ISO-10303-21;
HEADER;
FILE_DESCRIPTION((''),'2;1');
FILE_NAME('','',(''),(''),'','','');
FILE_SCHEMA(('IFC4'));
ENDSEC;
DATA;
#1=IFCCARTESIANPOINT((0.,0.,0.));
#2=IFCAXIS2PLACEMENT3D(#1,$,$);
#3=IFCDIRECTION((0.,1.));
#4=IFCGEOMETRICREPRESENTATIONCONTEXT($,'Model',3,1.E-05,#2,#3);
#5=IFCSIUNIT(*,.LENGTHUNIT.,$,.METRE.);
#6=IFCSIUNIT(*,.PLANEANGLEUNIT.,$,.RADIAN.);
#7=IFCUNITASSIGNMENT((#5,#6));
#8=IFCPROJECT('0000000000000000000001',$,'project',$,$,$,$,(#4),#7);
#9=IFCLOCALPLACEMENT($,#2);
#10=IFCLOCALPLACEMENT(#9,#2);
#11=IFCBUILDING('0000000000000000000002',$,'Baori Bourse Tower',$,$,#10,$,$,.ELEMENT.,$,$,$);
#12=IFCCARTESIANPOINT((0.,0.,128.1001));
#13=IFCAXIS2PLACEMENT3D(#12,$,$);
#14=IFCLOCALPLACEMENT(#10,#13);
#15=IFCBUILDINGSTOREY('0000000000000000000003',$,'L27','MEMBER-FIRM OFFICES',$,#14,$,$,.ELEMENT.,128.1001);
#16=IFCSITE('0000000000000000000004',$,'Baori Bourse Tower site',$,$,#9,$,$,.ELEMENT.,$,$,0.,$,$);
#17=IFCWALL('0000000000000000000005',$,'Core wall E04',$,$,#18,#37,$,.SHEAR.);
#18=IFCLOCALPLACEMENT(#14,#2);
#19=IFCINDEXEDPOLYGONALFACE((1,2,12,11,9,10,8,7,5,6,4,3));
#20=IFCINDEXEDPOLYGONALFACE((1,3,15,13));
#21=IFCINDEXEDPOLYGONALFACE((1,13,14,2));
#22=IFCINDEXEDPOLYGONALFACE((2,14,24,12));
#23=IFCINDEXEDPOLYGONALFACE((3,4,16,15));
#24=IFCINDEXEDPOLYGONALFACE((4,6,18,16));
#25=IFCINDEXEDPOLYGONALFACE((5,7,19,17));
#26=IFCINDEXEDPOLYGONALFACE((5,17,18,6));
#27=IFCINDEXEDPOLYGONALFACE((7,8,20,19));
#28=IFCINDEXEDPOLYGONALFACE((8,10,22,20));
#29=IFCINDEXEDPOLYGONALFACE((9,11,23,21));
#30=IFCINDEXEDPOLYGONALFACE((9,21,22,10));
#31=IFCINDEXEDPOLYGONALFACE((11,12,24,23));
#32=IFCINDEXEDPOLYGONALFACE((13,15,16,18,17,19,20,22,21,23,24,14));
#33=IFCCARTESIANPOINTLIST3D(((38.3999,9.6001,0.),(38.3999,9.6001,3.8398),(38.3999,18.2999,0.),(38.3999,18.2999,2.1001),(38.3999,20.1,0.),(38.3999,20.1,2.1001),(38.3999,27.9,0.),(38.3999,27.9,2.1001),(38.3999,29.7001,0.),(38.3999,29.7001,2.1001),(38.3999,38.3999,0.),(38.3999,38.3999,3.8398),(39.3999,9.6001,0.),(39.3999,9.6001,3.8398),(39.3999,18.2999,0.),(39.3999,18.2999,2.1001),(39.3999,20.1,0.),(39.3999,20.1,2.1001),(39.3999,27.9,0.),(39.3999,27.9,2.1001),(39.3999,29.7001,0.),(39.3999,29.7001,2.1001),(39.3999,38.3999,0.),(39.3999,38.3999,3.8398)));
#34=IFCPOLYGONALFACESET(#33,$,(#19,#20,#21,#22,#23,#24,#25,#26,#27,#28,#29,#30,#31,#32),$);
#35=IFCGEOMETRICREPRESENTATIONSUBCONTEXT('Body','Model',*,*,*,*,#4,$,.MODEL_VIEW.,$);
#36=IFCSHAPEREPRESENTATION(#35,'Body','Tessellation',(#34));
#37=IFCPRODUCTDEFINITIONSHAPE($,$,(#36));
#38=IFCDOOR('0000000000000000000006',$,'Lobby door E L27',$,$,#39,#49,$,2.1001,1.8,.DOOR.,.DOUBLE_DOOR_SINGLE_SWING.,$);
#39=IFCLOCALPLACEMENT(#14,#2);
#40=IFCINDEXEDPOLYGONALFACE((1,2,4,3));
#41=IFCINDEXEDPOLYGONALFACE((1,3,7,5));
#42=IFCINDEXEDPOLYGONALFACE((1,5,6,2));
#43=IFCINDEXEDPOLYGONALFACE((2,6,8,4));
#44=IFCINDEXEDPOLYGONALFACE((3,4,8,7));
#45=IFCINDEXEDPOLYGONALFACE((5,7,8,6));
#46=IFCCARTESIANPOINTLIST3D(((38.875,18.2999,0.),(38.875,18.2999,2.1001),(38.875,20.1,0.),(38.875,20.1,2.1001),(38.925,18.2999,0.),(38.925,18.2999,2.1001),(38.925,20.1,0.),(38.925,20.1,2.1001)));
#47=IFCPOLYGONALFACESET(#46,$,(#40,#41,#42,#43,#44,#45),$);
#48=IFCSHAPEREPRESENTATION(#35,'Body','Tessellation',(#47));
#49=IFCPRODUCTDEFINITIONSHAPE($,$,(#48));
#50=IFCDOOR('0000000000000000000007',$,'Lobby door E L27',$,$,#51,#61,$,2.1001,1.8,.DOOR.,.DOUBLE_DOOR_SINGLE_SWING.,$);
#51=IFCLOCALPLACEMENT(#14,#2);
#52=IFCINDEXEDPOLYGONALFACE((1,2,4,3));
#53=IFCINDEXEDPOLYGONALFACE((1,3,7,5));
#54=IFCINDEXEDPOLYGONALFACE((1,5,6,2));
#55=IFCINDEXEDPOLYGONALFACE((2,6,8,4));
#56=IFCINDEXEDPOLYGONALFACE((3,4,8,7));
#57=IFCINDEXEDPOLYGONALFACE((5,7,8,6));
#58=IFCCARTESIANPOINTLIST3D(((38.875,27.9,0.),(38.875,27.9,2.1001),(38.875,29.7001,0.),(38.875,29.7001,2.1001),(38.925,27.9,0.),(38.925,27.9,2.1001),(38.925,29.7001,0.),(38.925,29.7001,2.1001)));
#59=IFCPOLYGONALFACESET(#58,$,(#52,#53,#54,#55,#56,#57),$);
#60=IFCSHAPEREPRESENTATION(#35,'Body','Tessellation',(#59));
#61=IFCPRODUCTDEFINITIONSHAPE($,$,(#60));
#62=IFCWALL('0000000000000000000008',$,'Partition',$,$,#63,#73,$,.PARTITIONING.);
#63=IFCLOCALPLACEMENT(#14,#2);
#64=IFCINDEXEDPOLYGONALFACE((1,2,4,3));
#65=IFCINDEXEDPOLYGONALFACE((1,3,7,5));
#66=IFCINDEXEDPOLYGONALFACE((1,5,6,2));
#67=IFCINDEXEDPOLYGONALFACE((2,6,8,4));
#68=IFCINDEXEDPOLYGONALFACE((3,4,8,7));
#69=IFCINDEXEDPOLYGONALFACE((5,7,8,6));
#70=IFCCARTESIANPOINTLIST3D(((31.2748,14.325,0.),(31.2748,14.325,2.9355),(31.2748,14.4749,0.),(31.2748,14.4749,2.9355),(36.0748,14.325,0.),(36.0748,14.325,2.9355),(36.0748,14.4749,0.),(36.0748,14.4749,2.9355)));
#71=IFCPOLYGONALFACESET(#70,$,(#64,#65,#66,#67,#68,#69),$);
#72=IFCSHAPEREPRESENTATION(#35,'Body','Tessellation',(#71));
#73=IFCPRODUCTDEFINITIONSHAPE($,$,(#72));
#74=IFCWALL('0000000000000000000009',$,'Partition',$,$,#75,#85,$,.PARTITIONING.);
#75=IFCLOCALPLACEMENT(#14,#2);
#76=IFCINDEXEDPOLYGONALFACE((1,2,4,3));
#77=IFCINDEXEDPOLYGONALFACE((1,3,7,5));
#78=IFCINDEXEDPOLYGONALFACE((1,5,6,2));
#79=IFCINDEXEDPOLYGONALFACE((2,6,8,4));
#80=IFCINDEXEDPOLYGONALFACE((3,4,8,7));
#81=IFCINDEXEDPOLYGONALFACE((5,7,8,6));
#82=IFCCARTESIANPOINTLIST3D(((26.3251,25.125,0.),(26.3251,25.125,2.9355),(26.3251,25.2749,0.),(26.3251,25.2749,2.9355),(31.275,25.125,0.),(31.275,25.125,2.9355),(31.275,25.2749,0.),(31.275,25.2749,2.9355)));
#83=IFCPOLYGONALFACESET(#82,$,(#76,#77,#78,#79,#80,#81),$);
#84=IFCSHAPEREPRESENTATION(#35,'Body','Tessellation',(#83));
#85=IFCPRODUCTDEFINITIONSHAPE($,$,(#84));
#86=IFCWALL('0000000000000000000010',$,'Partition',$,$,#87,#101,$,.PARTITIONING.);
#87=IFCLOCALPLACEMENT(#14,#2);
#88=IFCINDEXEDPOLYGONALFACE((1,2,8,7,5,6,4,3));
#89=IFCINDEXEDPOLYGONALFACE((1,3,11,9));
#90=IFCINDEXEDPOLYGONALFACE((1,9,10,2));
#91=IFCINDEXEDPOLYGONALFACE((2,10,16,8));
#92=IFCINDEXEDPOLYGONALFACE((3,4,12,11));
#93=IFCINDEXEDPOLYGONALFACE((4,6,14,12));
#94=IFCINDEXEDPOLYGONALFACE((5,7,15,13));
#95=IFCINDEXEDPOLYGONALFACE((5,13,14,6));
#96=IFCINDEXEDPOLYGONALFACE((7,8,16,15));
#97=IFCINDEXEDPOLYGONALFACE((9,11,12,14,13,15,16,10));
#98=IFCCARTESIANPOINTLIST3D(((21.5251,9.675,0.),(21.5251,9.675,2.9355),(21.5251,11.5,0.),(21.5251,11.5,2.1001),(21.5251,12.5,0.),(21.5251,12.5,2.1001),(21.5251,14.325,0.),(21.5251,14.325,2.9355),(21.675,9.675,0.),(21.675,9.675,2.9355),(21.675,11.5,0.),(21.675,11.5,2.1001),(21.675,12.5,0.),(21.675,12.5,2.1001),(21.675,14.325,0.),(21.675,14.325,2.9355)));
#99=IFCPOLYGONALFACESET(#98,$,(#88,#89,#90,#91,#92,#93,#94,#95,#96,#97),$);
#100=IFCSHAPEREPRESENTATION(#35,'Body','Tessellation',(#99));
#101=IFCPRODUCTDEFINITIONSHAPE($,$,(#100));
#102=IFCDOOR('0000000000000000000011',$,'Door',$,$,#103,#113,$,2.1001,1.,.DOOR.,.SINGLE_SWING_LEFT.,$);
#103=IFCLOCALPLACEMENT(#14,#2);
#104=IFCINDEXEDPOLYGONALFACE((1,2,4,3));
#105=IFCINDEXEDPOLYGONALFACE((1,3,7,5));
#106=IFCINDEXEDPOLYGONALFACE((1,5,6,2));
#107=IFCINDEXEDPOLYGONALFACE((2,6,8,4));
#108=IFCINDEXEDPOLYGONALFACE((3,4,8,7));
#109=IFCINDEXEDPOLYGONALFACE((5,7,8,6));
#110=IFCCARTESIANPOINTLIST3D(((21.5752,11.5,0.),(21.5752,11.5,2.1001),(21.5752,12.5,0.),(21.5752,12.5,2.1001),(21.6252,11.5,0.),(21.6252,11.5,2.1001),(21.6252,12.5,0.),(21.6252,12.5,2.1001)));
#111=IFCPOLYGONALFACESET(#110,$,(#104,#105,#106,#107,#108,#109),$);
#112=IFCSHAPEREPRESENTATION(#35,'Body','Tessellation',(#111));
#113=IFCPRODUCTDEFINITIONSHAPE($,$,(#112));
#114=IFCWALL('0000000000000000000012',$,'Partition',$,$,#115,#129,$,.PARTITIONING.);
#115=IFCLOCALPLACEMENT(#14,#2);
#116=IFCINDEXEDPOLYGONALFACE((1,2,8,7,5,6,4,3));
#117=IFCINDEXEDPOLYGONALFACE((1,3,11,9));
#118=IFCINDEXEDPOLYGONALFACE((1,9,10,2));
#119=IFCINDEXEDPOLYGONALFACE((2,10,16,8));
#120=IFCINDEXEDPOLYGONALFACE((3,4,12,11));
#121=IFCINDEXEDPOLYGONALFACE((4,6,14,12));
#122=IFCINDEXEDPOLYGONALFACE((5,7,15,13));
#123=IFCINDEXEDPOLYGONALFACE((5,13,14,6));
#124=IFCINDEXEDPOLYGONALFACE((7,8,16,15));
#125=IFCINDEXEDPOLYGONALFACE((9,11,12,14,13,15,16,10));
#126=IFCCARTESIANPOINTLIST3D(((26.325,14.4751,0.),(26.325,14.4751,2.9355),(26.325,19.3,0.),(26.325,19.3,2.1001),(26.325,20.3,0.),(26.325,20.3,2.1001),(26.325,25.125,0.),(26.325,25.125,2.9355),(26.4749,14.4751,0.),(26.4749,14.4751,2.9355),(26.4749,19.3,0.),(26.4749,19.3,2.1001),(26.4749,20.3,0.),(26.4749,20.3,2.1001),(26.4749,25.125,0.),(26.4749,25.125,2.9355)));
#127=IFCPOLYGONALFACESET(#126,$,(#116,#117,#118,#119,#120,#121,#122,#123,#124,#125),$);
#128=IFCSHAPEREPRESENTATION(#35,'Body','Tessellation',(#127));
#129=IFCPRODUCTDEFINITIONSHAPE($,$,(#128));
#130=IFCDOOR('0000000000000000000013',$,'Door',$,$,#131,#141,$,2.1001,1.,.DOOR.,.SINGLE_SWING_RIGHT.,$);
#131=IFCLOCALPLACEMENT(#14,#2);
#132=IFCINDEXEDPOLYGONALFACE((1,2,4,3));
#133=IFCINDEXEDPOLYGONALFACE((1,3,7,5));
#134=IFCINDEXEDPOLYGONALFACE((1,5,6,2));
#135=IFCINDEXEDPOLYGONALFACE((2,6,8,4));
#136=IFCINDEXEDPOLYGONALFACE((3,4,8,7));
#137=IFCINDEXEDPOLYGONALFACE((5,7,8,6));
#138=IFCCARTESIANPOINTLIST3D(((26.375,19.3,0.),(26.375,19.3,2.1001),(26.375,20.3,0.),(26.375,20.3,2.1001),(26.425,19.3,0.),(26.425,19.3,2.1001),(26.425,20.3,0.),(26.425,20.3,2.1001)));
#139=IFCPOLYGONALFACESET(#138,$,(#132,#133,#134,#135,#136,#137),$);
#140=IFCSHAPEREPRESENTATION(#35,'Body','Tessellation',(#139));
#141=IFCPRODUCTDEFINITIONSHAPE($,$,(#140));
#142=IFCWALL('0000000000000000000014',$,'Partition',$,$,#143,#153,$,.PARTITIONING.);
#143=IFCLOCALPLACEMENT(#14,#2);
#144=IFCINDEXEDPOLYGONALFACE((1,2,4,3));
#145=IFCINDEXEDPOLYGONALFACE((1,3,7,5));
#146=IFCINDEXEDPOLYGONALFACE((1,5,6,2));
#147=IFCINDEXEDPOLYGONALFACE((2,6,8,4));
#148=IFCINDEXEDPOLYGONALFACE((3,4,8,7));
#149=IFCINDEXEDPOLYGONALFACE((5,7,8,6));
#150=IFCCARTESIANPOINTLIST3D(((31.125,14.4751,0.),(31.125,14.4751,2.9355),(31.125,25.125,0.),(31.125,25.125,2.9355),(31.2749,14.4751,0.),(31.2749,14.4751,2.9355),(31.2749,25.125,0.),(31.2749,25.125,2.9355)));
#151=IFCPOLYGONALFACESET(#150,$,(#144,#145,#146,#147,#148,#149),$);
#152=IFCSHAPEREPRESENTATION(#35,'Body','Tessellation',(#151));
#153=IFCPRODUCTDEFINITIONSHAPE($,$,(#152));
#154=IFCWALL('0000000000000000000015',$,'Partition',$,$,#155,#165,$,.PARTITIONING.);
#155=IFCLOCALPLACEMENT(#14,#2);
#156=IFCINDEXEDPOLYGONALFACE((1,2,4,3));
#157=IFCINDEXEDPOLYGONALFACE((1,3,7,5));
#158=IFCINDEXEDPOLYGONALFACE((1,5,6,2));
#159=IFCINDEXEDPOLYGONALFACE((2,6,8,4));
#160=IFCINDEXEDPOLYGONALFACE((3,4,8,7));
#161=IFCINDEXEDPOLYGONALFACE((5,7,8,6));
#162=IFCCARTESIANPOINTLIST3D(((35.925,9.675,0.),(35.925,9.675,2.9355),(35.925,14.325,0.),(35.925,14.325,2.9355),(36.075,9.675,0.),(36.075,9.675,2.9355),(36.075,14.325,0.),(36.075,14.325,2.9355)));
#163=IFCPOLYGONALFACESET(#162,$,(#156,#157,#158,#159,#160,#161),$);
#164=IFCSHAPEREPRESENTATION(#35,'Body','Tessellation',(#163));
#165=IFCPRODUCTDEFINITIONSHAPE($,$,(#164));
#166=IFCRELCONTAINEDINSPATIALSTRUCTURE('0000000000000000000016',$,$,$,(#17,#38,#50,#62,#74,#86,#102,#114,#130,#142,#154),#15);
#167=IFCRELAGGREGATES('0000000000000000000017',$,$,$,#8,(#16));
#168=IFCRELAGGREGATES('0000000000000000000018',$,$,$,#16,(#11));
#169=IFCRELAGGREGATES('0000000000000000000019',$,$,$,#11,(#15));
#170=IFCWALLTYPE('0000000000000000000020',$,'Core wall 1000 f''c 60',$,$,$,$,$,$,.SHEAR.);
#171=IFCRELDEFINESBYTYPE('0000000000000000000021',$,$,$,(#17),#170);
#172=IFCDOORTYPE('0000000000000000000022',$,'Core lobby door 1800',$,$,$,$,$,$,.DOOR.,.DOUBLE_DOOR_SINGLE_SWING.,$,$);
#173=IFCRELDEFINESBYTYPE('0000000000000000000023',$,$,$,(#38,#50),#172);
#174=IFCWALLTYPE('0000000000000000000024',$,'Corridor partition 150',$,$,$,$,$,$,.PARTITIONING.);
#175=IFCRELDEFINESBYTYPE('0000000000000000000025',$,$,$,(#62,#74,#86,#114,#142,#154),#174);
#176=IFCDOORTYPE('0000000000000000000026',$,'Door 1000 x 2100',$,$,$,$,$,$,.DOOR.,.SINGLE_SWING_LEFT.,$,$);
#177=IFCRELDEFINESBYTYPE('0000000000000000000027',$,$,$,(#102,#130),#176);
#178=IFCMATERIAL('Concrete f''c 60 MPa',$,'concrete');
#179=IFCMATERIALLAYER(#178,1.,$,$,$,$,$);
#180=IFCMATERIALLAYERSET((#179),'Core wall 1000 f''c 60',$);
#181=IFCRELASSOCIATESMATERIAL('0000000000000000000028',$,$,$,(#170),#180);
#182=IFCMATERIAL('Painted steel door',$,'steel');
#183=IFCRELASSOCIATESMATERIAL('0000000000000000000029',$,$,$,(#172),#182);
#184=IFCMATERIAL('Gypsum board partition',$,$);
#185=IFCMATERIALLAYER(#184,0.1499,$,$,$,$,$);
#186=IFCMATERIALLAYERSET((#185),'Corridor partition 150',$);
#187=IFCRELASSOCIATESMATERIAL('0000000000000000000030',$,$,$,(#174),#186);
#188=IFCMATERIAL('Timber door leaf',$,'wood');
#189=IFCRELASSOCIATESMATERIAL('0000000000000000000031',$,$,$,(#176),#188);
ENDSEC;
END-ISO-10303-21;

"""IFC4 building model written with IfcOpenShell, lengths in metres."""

from ifc_helpers import new_model, si_unit, direction, frame, frame_2d, origin, place, context, subcontext, project, spatial, rectangle, extrude, material, layer, layer_set, type_object, element, fill, save


model = new_model("IFC4")

# Units and contexts
model_context = context("Model", 3, precision=1e-05, world=origin(), true_north=direction((0.0, 1.0)))
body_context = subcontext(model_context, "Body", "Model", "MODEL_VIEW")
ifc_project = project(units=[si_unit("LENGTHUNIT", "METRE"), si_unit("PLANEANGLEUNIT", "RADIAN")], contexts=[model_context])

# Site, building, storey
site_placement = place(None, origin())
site = spatial("IfcSite", under=ifc_project, at=site_placement, Name="Baori Bourse Tower site", CompositionType="ELEMENT", RefElevation=0.0)
building_placement = place(site_placement, origin())
building = spatial("IfcBuilding", under=site, at=building_placement, Name="Baori Bourse Tower", CompositionType="ELEMENT")
storey_placement = place(building_placement, frame((0.0, 0.0, 128.1001)))
storey = spatial("IfcBuildingStorey", under=building, at=storey_placement, Name="L27", Description="MEMBER-FIRM OFFICES", CompositionType="ELEMENT", Elevation=128.1001)

# Wall, openings, doors
ifc_material_1 = material(Name="Concrete f'c 60 MPa", Category="concrete")
ifc_layer_1 = layer(ifc_material_1, 1.0)
ifc_layer_set_1 = layer_set([ifc_layer_1], Name="Core wall 1000 f'c 60")
wall_type_1 = type_object("IfcWallType", Name="Core wall 1000 f'c 60", PredefinedType="SHEAR", material=ifc_layer_set_1)
wall_1_placement = place(storey_placement, frame((38.8999, 9.6001, 0.0), z_axis=(0.0, 0.0, 1.0), x_axis=(0.0, 1.0, 0.0)))
wall_1 = element("IfcWall", 1, at=wall_1_placement, inside=storey, type_object=wall_type_1, Name="Core wall E04", PredefinedType="SHEAR", context=body_context, shape_type="SweptSolid", body=[
    extrude(rectangle(XDim=28.7998, YDim=1.0, at=frame_2d((14.3999, 0.0))), origin(), (0.0, 0.0, 1.0), 3.8398),
])
opening_1_placement = place(wall_1_placement, frame((8.7, 0.0, 0.0)))
opening_1 = element("IfcOpeningElement", 2, at=opening_1_placement, cuts=wall_1, PredefinedType="OPENING", context=body_context, shape_type="SweptSolid", body=[
    extrude(rectangle(XDim=1.8, YDim=2.1001, at=frame_2d((0.8999, 1.05))), frame((0.0, 0.51, 0.0), z_axis=(0.0, -1.0, 0.0), x_axis=(1.0, 0.0, 0.0)), (0.0, 0.0, 1.0), 1.02),
])
opening_2_placement = place(wall_1_placement, frame((18.3, 0.0, 0.0)))
opening_2 = element("IfcOpeningElement", 3, at=opening_2_placement, cuts=wall_1, PredefinedType="OPENING", context=body_context, shape_type="SweptSolid", body=[
    extrude(rectangle(XDim=1.8, YDim=2.1001, at=frame_2d((0.8999, 1.05))), frame((0.0, 0.51, 0.0), z_axis=(0.0, -1.0, 0.0), x_axis=(1.0, 0.0, 0.0)), (0.0, 0.0, 1.0), 1.02),
])
ifc_material_2 = material(Name="Painted steel door", Category="steel")
door_type_1 = type_object("IfcDoorType", Name="Core lobby door 1800", OperationType="DOUBLE_DOOR_SINGLE_SWING", PredefinedType="DOOR", material=ifc_material_2)
door_1_placement = place(opening_1_placement, origin())
door_1 = element("IfcDoor", 4, at=door_1_placement, inside=storey, type_object=door_type_1, Name="Lobby door E L27", OperationType="DOUBLE_DOOR_SINGLE_SWING", OverallHeight=2.1001, OverallWidth=1.8, PredefinedType="DOOR", context=body_context, shape_type="SweptSolid", body=[
    extrude(rectangle(XDim=1.8, YDim=2.1001, at=frame_2d((0.8999, 1.05))), frame((0.0, 0.0249, 0.0), z_axis=(0.0, -1.0, 0.0), x_axis=(1.0, 0.0, 0.0)), (0.0, 0.0, 1.0), 0.05),
])
fill(opening_1, door_1)
door_2_placement = place(opening_2_placement, origin())
door_2 = element("IfcDoor", 5, at=door_2_placement, inside=storey, type_object=door_type_1, Name="Lobby door E L27", OperationType="DOUBLE_DOOR_SINGLE_SWING", OverallHeight=2.1001, OverallWidth=1.8, PredefinedType="DOOR", context=body_context, shape_type="SweptSolid", body=[
    extrude(rectangle(XDim=1.8, YDim=2.1001, at=frame_2d((0.8999, 1.05))), frame((0.0, 0.0249, 0.0), z_axis=(0.0, -1.0, 0.0), x_axis=(1.0, 0.0, 0.0)), (0.0, 0.0, 1.0), 0.05),
])
fill(opening_2, door_2)

# Walls
ifc_material_3 = material(Name="Gypsum board partition")
ifc_layer_2 = layer(ifc_material_3, 0.1499)
ifc_layer_set_2 = layer_set([ifc_layer_2], Name="Corridor partition 150")
wall_type_2 = type_object("IfcWallType", Name="Corridor partition 150", PredefinedType="PARTITIONING", material=ifc_layer_set_2)
wall_2_placement = place(storey_placement, frame((31.2749, 14.3999, 0.0), z_axis=(0.0, 0.0, 1.0), x_axis=(1.0, 0.0, 0.0)))
element("IfcWall", 6, at=wall_2_placement, inside=storey, type_object=wall_type_2, Name="Partition", PredefinedType="PARTITIONING", context=body_context, shape_type="SweptSolid", body=[
    extrude(rectangle(XDim=4.8, YDim=0.1499, at=frame_2d((2.3999, 0.0))), origin(), (0.0, 0.0, 1.0), 2.9355),
])
wall_3_placement = place(storey_placement, frame((26.325, 25.2, 0.0), z_axis=(0.0, 0.0, 1.0), x_axis=(1.0, 0.0, 0.0)))
element("IfcWall", 7, at=wall_3_placement, inside=storey, type_object=wall_type_2, Name="Partition", PredefinedType="PARTITIONING", context=body_context, shape_type="SweptSolid", body=[
    extrude(rectangle(XDim=4.95, YDim=0.1499, at=frame_2d((2.4751, 0.0))), origin(), (0.0, 0.0, 1.0), 2.9355),
])

# Walls, openings, doors
wall_4_placement = place(storey_placement, frame((21.6001, 9.675, 0.0), z_axis=(0.0, 0.0, 1.0), x_axis=(0.0, 1.0, 0.0)))
wall_4 = element("IfcWall", 8, at=wall_4_placement, inside=storey, type_object=wall_type_2, Name="Partition", PredefinedType="PARTITIONING", context=body_context, shape_type="SweptSolid", body=[
    extrude(rectangle(XDim=4.6499, YDim=0.1499, at=frame_2d((2.325, 0.0))), origin(), (0.0, 0.0, 1.0), 2.9355),
])
opening_3_placement = place(wall_4_placement, frame((1.825, 0.0, 0.0)))
opening_3 = element("IfcOpeningElement", 9, at=opening_3_placement, cuts=wall_4, PredefinedType="OPENING", context=body_context, shape_type="SweptSolid", body=[
    extrude(rectangle(XDim=1.0, YDim=2.1001, at=frame_2d((0.5, 1.05))), frame((0.0, 0.085, 0.0), z_axis=(0.0, -1.0, 0.0), x_axis=(1.0, 0.0, 0.0)), (0.0, 0.0, 1.0), 0.1699),
])
ifc_material_4 = material(Name="Timber door leaf", Category="wood")
door_type_2 = type_object("IfcDoorType", Name="Door 1000 x 2100", OperationType="SINGLE_SWING_LEFT", PredefinedType="DOOR", material=ifc_material_4)
door_3_placement = place(opening_3_placement, origin())
door_3 = element("IfcDoor", 10, at=door_3_placement, inside=storey, type_object=door_type_2, Name="Door", OperationType="SINGLE_SWING_LEFT", OverallHeight=2.1001, OverallWidth=1.0, PredefinedType="DOOR", context=body_context, shape_type="SweptSolid", body=[
    extrude(rectangle(XDim=1.0, YDim=2.1001, at=frame_2d((0.5, 1.05))), frame((0.0, 0.0249, 0.0), z_axis=(0.0, -1.0, 0.0), x_axis=(1.0, 0.0, 0.0)), (0.0, 0.0, 1.0), 0.05),
])
fill(opening_3, door_3)
wall_5_placement = place(storey_placement, frame((26.3999, 14.4751, 0.0), z_axis=(0.0, 0.0, 1.0), x_axis=(0.0, 1.0, 0.0)))
wall_5 = element("IfcWall", 11, at=wall_5_placement, inside=storey, type_object=wall_type_2, Name="Partition", PredefinedType="PARTITIONING", context=body_context, shape_type="SweptSolid", body=[
    extrude(rectangle(XDim=10.6499, YDim=0.1499, at=frame_2d((5.325, 0.0))), origin(), (0.0, 0.0, 1.0), 2.9355),
])
opening_4_placement = place(wall_5_placement, frame((4.825, 0.0, 0.0)))
opening_4 = element("IfcOpeningElement", 12, at=opening_4_placement, cuts=wall_5, PredefinedType="OPENING", context=body_context, shape_type="SweptSolid", body=[
    extrude(rectangle(XDim=1.0, YDim=2.1001, at=frame_2d((0.5, 1.05))), frame((0.0, 0.085, 0.0), z_axis=(0.0, -1.0, 0.0), x_axis=(1.0, 0.0, 0.0)), (0.0, 0.0, 1.0), 0.1699),
])
door_4_placement = place(opening_4_placement, origin())
door_4 = element("IfcDoor", 13, at=door_4_placement, inside=storey, type_object=door_type_2, Name="Door", OperationType="SINGLE_SWING_RIGHT", OverallHeight=2.1001, OverallWidth=1.0, PredefinedType="DOOR", context=body_context, shape_type="SweptSolid", body=[
    extrude(rectangle(XDim=1.0, YDim=2.1001, at=frame_2d((0.5, 1.05))), frame((0.0, 0.0249, 0.0), z_axis=(0.0, -1.0, 0.0), x_axis=(1.0, 0.0, 0.0)), (0.0, 0.0, 1.0), 0.05),
])
fill(opening_4, door_4)

# Walls
wall_6_placement = place(storey_placement, frame((31.2, 14.4751, 0.0), z_axis=(0.0, 0.0, 1.0), x_axis=(0.0, 1.0, 0.0)))
element("IfcWall", 14, at=wall_6_placement, inside=storey, type_object=wall_type_2, Name="Partition", PredefinedType="PARTITIONING", context=body_context, shape_type="SweptSolid", body=[
    extrude(rectangle(XDim=10.6499, YDim=0.1499, at=frame_2d((5.325, 0.0))), origin(), (0.0, 0.0, 1.0), 2.9355),
])
wall_7_placement = place(storey_placement, frame((36.0, 9.675, 0.0), z_axis=(0.0, 0.0, 1.0), x_axis=(0.0, 1.0, 0.0)))
element("IfcWall", 15, at=wall_7_placement, inside=storey, type_object=wall_type_2, Name="Partition", PredefinedType="PARTITIONING", context=body_context, shape_type="SweptSolid", body=[
    extrude(rectangle(XDim=4.6499, YDim=0.1499, at=frame_2d((2.325, 0.0))), origin(), (0.0, 0.0, 1.0), 2.9355),
])

save(model, "model.ifc")
